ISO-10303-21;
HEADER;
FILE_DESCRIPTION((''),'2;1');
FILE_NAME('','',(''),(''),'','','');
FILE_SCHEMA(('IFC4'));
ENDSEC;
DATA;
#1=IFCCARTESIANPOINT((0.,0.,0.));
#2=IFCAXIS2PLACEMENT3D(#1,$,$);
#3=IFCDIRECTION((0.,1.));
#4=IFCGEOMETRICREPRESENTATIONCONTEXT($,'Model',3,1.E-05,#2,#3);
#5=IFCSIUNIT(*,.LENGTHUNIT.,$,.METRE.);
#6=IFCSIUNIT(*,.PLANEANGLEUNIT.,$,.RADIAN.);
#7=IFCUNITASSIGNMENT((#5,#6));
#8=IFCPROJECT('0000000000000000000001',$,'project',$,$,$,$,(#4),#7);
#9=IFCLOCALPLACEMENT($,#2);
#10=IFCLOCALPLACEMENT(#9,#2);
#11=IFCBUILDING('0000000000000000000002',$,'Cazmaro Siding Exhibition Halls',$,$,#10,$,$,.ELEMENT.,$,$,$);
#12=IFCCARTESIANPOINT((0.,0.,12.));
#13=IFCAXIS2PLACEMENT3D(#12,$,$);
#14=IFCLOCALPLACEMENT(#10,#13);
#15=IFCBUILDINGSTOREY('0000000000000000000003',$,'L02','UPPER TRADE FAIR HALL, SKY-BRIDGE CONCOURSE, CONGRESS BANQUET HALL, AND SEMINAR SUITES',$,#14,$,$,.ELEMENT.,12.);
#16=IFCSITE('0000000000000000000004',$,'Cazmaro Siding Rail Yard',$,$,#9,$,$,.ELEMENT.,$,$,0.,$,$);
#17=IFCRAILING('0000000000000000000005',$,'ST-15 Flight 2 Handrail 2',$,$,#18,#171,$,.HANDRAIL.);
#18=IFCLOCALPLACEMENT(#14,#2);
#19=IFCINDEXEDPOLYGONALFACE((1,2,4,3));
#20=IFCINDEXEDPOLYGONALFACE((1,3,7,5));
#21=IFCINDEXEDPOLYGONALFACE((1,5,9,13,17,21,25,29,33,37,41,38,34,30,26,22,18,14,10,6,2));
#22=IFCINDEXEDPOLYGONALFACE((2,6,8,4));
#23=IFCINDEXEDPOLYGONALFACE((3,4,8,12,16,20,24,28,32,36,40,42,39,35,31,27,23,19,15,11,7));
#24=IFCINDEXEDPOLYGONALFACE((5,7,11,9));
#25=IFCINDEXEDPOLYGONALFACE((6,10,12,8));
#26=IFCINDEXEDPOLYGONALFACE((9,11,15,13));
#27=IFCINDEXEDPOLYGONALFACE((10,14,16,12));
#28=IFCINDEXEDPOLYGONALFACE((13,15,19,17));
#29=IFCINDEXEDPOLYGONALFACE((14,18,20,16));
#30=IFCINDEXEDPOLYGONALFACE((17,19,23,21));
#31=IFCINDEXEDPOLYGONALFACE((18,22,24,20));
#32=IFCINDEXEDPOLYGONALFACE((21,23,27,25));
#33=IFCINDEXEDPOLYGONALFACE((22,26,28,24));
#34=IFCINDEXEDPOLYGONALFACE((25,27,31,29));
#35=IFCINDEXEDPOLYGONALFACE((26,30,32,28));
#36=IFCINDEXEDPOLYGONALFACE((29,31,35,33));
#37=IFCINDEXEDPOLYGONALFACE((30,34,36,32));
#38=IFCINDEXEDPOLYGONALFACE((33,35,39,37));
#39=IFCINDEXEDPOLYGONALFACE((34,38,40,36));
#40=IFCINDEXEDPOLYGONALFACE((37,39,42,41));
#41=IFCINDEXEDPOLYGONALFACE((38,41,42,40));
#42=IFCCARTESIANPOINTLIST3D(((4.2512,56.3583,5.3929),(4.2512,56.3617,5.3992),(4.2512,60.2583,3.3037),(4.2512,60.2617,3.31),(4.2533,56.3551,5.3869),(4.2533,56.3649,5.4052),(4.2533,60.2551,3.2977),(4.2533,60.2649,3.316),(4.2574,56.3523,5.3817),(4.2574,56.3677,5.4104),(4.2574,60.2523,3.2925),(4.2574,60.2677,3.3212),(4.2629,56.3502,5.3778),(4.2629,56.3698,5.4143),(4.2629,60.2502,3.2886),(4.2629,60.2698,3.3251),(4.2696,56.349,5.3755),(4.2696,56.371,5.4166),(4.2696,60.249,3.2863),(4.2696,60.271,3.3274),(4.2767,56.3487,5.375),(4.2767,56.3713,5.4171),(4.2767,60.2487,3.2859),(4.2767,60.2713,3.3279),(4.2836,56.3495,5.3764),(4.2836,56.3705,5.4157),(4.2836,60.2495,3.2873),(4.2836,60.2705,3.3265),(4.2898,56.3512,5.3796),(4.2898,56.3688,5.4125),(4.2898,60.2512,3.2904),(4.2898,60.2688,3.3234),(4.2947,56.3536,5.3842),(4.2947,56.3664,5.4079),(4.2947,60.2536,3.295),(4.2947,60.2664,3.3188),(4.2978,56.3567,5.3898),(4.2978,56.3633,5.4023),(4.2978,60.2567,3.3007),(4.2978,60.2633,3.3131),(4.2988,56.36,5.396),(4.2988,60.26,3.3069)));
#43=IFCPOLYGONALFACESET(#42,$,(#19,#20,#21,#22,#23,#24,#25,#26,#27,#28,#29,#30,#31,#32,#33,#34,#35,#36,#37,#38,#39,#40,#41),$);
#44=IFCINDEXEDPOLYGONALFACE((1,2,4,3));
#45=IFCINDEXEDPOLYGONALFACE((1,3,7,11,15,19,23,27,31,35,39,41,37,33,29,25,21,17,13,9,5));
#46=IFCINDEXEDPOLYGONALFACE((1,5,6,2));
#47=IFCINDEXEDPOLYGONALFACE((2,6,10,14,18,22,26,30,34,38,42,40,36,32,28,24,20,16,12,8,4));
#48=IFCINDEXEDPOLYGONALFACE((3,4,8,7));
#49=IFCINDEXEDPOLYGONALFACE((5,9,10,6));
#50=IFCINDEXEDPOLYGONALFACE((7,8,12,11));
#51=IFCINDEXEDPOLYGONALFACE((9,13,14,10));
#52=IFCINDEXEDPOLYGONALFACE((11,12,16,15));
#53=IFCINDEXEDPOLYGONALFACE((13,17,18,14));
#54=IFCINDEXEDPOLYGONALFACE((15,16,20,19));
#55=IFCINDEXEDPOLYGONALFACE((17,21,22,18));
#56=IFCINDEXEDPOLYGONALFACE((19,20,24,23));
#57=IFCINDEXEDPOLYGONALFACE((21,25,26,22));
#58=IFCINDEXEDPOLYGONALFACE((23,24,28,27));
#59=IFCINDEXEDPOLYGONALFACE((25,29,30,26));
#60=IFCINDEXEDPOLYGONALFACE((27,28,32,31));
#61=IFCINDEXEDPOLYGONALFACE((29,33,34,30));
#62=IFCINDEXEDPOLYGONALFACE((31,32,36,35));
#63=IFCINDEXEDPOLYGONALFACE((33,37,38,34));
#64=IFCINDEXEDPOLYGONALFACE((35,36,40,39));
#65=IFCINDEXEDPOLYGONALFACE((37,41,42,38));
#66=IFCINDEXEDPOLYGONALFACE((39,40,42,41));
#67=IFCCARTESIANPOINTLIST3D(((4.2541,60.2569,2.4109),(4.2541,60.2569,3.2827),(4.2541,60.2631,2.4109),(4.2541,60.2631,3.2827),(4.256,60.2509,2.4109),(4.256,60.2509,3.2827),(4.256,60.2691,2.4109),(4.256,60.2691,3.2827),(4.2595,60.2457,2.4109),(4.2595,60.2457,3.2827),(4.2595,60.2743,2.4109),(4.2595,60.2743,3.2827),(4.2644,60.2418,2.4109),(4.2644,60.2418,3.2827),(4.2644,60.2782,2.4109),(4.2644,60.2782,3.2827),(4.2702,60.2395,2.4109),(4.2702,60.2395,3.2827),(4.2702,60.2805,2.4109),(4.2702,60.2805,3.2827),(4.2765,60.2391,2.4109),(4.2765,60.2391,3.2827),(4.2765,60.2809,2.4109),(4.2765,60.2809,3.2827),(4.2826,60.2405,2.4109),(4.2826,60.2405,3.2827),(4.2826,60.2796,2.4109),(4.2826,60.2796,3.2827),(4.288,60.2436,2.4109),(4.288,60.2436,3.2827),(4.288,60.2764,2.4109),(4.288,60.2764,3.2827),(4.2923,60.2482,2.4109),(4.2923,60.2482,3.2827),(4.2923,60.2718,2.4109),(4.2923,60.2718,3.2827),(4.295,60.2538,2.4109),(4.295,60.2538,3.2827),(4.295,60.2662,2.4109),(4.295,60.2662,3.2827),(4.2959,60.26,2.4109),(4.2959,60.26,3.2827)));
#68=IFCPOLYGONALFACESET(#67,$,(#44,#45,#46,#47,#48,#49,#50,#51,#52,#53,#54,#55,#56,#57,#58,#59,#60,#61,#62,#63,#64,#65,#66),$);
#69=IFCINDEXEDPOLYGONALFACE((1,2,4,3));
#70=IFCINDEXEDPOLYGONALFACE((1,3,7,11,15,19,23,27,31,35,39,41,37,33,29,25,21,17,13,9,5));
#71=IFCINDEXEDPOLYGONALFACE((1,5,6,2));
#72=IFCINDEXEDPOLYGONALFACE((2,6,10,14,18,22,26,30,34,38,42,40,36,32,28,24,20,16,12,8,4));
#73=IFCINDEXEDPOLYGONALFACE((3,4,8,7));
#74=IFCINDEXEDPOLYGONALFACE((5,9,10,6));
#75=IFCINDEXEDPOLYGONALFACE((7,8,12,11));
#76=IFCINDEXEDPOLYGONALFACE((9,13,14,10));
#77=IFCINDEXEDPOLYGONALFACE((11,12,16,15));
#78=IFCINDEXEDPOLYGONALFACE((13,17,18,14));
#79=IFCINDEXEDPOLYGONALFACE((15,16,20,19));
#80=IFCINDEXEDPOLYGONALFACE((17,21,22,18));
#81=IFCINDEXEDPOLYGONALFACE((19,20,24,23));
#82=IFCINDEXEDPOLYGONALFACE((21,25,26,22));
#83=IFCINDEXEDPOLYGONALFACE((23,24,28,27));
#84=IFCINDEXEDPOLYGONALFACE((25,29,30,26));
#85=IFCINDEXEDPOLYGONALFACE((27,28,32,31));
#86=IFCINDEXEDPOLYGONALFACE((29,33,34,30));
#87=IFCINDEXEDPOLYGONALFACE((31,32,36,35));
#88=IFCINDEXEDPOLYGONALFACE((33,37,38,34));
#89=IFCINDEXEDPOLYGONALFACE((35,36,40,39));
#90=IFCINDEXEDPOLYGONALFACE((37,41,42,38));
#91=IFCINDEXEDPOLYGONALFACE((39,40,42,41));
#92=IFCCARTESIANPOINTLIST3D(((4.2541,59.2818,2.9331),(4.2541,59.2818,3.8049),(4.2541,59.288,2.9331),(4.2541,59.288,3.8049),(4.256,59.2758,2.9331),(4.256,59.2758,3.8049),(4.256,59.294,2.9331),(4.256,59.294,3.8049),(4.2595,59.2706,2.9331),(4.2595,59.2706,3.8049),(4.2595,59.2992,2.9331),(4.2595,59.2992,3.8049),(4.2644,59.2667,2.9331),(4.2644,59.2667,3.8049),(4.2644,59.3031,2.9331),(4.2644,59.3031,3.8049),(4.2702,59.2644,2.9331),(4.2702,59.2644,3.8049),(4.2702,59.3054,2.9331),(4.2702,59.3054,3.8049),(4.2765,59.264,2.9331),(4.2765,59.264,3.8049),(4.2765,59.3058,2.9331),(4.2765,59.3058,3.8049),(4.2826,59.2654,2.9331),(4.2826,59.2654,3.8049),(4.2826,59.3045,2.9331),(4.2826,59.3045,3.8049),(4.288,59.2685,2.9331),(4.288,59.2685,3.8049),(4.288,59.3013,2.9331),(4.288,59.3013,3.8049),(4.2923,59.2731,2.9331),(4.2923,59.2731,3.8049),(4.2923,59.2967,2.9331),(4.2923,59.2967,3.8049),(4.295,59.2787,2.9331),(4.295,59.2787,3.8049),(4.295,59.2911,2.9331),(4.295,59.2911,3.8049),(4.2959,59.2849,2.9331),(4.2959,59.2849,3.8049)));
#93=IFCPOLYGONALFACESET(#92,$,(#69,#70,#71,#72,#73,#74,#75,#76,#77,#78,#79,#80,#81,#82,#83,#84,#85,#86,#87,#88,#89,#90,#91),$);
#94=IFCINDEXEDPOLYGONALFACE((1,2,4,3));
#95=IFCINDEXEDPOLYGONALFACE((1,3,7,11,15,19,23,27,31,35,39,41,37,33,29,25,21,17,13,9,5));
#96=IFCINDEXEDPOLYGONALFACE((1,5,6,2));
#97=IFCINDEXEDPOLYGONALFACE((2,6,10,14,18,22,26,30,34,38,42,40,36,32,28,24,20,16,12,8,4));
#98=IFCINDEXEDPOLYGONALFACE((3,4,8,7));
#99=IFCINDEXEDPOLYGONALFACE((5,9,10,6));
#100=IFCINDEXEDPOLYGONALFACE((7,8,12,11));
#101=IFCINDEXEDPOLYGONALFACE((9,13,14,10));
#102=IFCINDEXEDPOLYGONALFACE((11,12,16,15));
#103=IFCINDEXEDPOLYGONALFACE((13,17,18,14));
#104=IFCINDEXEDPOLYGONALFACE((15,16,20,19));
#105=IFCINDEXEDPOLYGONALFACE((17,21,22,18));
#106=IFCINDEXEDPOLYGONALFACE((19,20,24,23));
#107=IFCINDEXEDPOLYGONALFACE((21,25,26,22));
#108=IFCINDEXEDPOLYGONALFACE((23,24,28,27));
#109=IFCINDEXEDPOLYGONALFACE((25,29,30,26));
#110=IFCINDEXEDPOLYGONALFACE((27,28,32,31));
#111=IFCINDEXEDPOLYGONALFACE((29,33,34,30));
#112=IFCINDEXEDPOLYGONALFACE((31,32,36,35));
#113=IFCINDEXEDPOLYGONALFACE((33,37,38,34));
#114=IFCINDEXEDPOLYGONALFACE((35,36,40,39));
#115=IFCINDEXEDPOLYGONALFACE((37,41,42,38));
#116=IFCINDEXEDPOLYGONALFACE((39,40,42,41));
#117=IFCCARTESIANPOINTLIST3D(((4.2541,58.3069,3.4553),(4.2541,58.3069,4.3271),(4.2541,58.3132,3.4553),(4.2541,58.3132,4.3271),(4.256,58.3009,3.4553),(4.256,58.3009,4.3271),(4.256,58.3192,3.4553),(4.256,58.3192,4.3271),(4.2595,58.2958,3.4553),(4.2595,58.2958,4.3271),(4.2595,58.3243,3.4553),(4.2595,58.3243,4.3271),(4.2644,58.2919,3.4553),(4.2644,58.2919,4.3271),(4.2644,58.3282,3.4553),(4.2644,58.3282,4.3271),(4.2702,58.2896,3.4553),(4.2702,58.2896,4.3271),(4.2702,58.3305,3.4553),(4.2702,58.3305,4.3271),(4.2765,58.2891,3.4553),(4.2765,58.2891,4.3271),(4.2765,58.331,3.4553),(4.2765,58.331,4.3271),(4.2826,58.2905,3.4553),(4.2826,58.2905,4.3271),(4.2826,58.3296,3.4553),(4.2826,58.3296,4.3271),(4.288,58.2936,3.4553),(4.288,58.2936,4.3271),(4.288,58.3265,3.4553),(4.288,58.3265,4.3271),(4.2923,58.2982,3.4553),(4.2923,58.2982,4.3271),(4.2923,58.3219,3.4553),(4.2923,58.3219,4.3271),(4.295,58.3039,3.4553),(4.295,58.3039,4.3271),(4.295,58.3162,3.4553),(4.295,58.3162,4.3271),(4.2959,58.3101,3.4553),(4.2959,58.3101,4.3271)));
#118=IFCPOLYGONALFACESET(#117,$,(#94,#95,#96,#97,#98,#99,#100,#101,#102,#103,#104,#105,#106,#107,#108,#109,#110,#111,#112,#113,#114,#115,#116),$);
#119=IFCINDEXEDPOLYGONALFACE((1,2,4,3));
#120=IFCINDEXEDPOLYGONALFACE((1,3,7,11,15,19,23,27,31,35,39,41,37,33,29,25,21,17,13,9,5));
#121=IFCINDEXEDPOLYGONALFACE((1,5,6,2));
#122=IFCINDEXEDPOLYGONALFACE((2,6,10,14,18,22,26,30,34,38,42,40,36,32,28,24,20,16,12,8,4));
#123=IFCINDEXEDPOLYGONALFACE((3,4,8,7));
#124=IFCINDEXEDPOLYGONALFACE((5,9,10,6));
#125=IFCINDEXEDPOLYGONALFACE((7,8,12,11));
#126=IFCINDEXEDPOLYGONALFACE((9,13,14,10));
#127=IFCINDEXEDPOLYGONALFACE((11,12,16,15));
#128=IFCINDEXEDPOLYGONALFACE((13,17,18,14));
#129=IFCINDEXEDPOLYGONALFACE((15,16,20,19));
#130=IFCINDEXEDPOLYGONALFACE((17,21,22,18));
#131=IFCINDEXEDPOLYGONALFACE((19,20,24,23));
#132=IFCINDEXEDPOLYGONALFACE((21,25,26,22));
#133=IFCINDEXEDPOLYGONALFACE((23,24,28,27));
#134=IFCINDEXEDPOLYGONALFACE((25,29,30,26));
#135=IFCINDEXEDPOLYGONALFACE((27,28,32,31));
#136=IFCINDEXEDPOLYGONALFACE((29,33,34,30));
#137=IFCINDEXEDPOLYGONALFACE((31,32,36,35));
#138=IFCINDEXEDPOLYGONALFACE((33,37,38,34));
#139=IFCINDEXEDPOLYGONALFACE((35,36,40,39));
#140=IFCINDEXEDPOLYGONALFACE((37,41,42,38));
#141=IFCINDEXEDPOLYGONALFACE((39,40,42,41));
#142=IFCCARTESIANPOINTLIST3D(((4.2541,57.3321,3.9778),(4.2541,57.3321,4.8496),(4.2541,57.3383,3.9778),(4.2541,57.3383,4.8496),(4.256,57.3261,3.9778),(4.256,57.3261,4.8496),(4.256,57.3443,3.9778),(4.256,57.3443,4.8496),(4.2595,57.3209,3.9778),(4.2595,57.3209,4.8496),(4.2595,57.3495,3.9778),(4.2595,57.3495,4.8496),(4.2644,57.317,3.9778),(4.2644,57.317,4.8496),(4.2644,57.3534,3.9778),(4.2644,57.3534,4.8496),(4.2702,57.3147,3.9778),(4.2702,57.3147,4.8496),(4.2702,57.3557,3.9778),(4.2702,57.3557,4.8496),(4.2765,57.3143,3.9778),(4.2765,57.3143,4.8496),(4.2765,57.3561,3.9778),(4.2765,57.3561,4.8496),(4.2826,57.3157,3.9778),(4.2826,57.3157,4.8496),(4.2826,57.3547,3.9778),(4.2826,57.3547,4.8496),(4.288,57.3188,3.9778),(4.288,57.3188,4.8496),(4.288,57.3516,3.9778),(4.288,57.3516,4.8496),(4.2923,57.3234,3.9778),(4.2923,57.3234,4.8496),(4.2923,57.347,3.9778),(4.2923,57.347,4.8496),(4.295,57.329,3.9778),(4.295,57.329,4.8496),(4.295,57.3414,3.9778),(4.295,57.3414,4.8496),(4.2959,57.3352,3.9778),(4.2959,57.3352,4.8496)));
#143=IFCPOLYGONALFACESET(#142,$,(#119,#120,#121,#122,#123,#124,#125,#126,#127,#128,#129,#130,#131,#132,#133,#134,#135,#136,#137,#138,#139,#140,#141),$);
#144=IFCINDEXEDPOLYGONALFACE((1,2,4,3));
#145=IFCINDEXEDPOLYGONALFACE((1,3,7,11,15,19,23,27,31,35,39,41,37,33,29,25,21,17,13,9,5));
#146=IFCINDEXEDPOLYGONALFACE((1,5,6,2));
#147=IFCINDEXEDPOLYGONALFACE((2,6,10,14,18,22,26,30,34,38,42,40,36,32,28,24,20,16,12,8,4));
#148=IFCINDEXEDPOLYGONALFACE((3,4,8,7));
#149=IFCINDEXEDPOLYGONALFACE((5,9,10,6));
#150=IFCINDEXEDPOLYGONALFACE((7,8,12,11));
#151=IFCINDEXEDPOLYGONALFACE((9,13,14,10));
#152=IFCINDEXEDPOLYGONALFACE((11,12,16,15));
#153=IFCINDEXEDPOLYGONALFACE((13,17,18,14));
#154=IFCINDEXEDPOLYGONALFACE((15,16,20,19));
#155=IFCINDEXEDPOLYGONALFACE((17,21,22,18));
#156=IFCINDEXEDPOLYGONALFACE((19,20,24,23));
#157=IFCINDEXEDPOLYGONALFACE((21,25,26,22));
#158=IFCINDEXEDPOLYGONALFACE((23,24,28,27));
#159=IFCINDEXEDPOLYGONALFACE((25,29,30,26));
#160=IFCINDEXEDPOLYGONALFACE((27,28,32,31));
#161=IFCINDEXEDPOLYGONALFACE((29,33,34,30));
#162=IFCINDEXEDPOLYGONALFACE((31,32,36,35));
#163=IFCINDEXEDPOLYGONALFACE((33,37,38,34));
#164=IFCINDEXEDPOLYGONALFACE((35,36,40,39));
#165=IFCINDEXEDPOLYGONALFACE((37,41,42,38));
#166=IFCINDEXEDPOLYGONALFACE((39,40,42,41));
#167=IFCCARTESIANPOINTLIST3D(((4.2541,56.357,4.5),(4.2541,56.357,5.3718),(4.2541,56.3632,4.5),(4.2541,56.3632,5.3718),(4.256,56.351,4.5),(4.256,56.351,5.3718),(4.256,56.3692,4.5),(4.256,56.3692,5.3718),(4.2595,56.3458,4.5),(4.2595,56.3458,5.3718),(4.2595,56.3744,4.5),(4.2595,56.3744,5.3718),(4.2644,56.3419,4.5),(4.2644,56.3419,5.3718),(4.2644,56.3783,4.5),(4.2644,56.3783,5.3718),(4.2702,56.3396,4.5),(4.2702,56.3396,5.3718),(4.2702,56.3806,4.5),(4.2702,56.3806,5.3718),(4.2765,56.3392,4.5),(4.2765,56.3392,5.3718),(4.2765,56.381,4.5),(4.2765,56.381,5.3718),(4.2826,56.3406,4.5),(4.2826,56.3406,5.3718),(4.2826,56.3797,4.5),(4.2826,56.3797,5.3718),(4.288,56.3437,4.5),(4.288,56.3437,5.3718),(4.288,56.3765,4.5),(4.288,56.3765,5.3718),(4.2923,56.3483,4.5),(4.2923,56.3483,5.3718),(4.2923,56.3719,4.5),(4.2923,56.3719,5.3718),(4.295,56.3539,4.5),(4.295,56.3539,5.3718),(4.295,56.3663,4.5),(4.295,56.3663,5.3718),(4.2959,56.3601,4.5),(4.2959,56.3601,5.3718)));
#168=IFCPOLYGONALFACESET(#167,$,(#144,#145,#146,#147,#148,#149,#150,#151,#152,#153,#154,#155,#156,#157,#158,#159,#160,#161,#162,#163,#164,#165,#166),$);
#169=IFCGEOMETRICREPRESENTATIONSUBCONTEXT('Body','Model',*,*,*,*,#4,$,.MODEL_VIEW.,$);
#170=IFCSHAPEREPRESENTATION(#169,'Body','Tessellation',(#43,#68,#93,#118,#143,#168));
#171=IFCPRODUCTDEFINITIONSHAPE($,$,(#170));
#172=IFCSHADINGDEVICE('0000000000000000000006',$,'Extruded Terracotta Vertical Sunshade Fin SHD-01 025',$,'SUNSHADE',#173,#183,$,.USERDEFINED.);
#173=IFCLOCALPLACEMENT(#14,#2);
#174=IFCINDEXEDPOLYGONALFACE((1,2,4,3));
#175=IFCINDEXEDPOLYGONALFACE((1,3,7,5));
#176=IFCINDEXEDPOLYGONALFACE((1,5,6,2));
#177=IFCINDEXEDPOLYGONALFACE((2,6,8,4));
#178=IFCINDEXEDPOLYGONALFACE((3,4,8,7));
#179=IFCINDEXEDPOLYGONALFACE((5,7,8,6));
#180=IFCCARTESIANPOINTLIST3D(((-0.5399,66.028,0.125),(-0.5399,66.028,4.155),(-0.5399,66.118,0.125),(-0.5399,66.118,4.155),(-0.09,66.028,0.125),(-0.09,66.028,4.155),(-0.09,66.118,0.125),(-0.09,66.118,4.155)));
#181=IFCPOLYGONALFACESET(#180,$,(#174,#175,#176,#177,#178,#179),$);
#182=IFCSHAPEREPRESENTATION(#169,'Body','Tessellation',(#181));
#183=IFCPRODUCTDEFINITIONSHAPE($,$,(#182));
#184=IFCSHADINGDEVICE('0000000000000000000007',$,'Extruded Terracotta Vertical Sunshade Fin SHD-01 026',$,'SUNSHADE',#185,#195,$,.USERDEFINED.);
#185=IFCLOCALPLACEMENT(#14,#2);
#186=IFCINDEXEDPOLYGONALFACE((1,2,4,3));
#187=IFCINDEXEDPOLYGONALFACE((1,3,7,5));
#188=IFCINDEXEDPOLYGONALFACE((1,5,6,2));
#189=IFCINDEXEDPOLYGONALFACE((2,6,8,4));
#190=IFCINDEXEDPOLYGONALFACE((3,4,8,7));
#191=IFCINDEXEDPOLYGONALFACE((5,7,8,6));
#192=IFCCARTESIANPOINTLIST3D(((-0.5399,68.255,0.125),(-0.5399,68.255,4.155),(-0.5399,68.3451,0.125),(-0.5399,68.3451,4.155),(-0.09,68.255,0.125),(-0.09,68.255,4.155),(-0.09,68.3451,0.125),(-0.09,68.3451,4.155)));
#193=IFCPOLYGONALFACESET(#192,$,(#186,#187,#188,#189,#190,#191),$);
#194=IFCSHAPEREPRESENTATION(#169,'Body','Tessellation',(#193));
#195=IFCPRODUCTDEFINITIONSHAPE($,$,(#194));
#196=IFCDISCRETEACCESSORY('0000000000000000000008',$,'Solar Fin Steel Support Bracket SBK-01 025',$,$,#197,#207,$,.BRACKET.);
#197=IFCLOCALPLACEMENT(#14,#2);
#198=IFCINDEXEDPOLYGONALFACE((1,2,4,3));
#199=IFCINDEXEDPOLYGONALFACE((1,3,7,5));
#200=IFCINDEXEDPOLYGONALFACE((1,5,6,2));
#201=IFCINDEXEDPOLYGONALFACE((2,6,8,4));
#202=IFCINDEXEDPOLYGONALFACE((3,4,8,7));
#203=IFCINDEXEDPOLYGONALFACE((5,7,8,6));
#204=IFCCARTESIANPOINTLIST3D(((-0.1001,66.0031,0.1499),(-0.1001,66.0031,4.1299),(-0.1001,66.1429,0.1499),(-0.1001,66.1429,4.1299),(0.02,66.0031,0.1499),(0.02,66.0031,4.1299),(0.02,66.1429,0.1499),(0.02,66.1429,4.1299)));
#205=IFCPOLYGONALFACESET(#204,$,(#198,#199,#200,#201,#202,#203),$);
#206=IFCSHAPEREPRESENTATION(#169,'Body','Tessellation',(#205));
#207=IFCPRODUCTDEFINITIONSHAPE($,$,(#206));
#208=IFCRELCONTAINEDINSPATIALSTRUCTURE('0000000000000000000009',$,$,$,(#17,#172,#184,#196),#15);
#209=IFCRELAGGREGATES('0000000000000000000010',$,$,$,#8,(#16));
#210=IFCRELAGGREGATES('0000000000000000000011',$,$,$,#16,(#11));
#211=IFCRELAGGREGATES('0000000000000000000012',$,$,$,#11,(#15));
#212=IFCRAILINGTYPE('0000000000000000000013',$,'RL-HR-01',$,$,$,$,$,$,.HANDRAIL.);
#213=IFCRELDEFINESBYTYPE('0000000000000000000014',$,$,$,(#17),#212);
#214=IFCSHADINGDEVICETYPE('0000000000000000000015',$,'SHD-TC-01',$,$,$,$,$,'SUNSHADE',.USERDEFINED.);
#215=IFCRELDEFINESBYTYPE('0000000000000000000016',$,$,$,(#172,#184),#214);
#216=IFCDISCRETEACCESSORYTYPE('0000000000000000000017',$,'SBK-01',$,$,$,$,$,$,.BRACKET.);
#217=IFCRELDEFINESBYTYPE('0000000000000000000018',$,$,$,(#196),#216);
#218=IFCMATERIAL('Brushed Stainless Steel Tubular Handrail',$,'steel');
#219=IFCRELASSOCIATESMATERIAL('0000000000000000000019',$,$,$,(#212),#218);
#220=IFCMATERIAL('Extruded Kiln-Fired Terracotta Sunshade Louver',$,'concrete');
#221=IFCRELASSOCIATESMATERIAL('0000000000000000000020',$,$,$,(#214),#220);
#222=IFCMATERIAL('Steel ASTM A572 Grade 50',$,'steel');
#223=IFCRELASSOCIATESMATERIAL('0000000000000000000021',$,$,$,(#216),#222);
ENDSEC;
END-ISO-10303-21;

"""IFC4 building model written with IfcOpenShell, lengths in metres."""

from ifc_helpers import new_model, si_unit, direction, frame, origin, origin_2d, place, context, subcontext, project, spatial, rectangle, circle, extrude, material, type_object, element, save


model = new_model("IFC4")

# Units and contexts
model_context = context("Model", 3, precision=1e-05, world=origin(), true_north=direction((0.0, 1.0)))
body_context = subcontext(model_context, "Body", "Model", "MODEL_VIEW")
ifc_project = project(units=[si_unit("LENGTHUNIT", "METRE"), si_unit("PLANEANGLEUNIT", "RADIAN")], contexts=[model_context])

# Site, building, storey
site_placement = place(None, origin())
site = spatial("IfcSite", under=ifc_project, at=site_placement, Name="Cazmaro Siding Rail Yard", CompositionType="ELEMENT", RefElevation=0.0)
building_placement = place(site_placement, origin())
building = spatial("IfcBuilding", under=site, at=building_placement, Name="Cazmaro Siding Exhibition Halls", CompositionType="ELEMENT")
storey_placement = place(building_placement, frame((0.0, 0.0, 12.0)))
storey = spatial("IfcBuildingStorey", under=building, at=storey_placement, Name="L02", Description="UPPER TRADE FAIR HALL, SKY-BRIDGE CONCOURSE, CONGRESS BANQUET HALL, AND SEMINAR SUITES", CompositionType="ELEMENT", Elevation=12.0)

# Railing
ifc_material_1 = material(Name="Brushed Stainless Steel Tubular Handrail", Category="steel")
railing_type_1 = type_object("IfcRailingType", Name="RL-HR-01", PredefinedType="HANDRAIL", material=ifc_material_1)
railing_1_placement = place(storey_placement, frame((4.2749, 60.26, 2.4109)))
element("IfcRailing", 1, at=railing_1_placement, inside=storey, type_object=railing_type_1, Name="ST-15 Flight 2 Handrail 2", PredefinedType="HANDRAIL", context=body_context, shape_type="SweptSolid", body=[
    extrude(circle(Radius=0.0239, at=origin_2d()), frame((0.0, 0.0, 0.896), z_axis=(0.0, -0.881491, 0.4722), x_axis=(1.0, 0.0, 0.0)), (0.0, 0.0, 1.0), 4.4243),
    extrude(circle(Radius=0.021, at=origin_2d()), origin(), (0.0, 0.0, 1.0), 0.8718),
    extrude(circle(Radius=0.021, at=origin_2d()), frame((0.0, -0.9751, 0.5222)), (0.0, 0.0, 1.0), 0.8718),
    extrude(circle(Radius=0.021, at=origin_2d()), frame((0.0, -1.95, 1.0444)), (0.0, 0.0, 1.0), 0.8718),
    extrude(circle(Radius=0.021, at=origin_2d()), frame((0.0, -2.9248, 1.5669)), (0.0, 0.0, 1.0), 0.8718),
    extrude(circle(Radius=0.021, at=origin_2d()), frame((0.0, -3.8999, 2.0891)), (0.0, 0.0, 1.0), 0.8718),
])

# Shading devices
ifc_material_2 = material(Name="Extruded Kiln-Fired Terracotta Sunshade Louver", Category="concrete")
shading_device_type = type_object("IfcShadingDeviceType", Name="SHD-TC-01", ElementType="SUNSHADE", PredefinedType="USERDEFINED", material=ifc_material_2)
for number, where, z_axis, x_axis, name in (
    (2, (-0.3149, 66.073, 0.125), (0.0, 0.0, 1.0), (1.0, 0.0, 0.0), "Extruded Terracotta Vertical Sunshade Fin SHD-01 025"),
    (3, (-0.3149, 68.3, 0.125), (0.0, 0.0, 1.0), (1.0, 0.0, 0.0), "Extruded Terracotta Vertical Sunshade Fin SHD-01 026"),
):
    element("IfcShadingDevice", number, at=place(storey_placement, frame(where, z_axis=z_axis, x_axis=x_axis)), inside=storey, type_object=shading_device_type, Name=name, ObjectType="SUNSHADE", PredefinedType="USERDEFINED", context=body_context, shape_type="SweptSolid", body=[
        extrude(rectangle(XDim=0.45, YDim=0.0901, at=origin_2d()), origin(), (0.0, 0.0, 1.0), 4.03),
    ])

# Discrete accessory
ifc_material_3 = material(Name="Steel ASTM A572 Grade 50", Category="steel")
discrete_accessory_type = type_object("IfcDiscreteAccessoryType", Name="SBK-01", PredefinedType="BRACKET", material=ifc_material_3)
for number, where, z_axis, x_axis, name in (
    (4, (-0.04, 66.073, 0.1499), (0.0, 0.0, 1.0), (1.0, 0.0, 0.0), "Solar Fin Steel Support Bracket SBK-01 025"),
):
    element("IfcDiscreteAccessory", number, at=place(storey_placement, frame(where, z_axis=z_axis, x_axis=x_axis)), inside=storey, type_object=discrete_accessory_type, Name=name, PredefinedType="BRACKET", context=body_context, shape_type="SweptSolid", body=[
        extrude(rectangle(XDim=0.1201, YDim=0.1399, at=origin_2d()), origin(), (0.0, 0.0, 1.0), 3.98),
    ])

save(model, "model.ifc")
